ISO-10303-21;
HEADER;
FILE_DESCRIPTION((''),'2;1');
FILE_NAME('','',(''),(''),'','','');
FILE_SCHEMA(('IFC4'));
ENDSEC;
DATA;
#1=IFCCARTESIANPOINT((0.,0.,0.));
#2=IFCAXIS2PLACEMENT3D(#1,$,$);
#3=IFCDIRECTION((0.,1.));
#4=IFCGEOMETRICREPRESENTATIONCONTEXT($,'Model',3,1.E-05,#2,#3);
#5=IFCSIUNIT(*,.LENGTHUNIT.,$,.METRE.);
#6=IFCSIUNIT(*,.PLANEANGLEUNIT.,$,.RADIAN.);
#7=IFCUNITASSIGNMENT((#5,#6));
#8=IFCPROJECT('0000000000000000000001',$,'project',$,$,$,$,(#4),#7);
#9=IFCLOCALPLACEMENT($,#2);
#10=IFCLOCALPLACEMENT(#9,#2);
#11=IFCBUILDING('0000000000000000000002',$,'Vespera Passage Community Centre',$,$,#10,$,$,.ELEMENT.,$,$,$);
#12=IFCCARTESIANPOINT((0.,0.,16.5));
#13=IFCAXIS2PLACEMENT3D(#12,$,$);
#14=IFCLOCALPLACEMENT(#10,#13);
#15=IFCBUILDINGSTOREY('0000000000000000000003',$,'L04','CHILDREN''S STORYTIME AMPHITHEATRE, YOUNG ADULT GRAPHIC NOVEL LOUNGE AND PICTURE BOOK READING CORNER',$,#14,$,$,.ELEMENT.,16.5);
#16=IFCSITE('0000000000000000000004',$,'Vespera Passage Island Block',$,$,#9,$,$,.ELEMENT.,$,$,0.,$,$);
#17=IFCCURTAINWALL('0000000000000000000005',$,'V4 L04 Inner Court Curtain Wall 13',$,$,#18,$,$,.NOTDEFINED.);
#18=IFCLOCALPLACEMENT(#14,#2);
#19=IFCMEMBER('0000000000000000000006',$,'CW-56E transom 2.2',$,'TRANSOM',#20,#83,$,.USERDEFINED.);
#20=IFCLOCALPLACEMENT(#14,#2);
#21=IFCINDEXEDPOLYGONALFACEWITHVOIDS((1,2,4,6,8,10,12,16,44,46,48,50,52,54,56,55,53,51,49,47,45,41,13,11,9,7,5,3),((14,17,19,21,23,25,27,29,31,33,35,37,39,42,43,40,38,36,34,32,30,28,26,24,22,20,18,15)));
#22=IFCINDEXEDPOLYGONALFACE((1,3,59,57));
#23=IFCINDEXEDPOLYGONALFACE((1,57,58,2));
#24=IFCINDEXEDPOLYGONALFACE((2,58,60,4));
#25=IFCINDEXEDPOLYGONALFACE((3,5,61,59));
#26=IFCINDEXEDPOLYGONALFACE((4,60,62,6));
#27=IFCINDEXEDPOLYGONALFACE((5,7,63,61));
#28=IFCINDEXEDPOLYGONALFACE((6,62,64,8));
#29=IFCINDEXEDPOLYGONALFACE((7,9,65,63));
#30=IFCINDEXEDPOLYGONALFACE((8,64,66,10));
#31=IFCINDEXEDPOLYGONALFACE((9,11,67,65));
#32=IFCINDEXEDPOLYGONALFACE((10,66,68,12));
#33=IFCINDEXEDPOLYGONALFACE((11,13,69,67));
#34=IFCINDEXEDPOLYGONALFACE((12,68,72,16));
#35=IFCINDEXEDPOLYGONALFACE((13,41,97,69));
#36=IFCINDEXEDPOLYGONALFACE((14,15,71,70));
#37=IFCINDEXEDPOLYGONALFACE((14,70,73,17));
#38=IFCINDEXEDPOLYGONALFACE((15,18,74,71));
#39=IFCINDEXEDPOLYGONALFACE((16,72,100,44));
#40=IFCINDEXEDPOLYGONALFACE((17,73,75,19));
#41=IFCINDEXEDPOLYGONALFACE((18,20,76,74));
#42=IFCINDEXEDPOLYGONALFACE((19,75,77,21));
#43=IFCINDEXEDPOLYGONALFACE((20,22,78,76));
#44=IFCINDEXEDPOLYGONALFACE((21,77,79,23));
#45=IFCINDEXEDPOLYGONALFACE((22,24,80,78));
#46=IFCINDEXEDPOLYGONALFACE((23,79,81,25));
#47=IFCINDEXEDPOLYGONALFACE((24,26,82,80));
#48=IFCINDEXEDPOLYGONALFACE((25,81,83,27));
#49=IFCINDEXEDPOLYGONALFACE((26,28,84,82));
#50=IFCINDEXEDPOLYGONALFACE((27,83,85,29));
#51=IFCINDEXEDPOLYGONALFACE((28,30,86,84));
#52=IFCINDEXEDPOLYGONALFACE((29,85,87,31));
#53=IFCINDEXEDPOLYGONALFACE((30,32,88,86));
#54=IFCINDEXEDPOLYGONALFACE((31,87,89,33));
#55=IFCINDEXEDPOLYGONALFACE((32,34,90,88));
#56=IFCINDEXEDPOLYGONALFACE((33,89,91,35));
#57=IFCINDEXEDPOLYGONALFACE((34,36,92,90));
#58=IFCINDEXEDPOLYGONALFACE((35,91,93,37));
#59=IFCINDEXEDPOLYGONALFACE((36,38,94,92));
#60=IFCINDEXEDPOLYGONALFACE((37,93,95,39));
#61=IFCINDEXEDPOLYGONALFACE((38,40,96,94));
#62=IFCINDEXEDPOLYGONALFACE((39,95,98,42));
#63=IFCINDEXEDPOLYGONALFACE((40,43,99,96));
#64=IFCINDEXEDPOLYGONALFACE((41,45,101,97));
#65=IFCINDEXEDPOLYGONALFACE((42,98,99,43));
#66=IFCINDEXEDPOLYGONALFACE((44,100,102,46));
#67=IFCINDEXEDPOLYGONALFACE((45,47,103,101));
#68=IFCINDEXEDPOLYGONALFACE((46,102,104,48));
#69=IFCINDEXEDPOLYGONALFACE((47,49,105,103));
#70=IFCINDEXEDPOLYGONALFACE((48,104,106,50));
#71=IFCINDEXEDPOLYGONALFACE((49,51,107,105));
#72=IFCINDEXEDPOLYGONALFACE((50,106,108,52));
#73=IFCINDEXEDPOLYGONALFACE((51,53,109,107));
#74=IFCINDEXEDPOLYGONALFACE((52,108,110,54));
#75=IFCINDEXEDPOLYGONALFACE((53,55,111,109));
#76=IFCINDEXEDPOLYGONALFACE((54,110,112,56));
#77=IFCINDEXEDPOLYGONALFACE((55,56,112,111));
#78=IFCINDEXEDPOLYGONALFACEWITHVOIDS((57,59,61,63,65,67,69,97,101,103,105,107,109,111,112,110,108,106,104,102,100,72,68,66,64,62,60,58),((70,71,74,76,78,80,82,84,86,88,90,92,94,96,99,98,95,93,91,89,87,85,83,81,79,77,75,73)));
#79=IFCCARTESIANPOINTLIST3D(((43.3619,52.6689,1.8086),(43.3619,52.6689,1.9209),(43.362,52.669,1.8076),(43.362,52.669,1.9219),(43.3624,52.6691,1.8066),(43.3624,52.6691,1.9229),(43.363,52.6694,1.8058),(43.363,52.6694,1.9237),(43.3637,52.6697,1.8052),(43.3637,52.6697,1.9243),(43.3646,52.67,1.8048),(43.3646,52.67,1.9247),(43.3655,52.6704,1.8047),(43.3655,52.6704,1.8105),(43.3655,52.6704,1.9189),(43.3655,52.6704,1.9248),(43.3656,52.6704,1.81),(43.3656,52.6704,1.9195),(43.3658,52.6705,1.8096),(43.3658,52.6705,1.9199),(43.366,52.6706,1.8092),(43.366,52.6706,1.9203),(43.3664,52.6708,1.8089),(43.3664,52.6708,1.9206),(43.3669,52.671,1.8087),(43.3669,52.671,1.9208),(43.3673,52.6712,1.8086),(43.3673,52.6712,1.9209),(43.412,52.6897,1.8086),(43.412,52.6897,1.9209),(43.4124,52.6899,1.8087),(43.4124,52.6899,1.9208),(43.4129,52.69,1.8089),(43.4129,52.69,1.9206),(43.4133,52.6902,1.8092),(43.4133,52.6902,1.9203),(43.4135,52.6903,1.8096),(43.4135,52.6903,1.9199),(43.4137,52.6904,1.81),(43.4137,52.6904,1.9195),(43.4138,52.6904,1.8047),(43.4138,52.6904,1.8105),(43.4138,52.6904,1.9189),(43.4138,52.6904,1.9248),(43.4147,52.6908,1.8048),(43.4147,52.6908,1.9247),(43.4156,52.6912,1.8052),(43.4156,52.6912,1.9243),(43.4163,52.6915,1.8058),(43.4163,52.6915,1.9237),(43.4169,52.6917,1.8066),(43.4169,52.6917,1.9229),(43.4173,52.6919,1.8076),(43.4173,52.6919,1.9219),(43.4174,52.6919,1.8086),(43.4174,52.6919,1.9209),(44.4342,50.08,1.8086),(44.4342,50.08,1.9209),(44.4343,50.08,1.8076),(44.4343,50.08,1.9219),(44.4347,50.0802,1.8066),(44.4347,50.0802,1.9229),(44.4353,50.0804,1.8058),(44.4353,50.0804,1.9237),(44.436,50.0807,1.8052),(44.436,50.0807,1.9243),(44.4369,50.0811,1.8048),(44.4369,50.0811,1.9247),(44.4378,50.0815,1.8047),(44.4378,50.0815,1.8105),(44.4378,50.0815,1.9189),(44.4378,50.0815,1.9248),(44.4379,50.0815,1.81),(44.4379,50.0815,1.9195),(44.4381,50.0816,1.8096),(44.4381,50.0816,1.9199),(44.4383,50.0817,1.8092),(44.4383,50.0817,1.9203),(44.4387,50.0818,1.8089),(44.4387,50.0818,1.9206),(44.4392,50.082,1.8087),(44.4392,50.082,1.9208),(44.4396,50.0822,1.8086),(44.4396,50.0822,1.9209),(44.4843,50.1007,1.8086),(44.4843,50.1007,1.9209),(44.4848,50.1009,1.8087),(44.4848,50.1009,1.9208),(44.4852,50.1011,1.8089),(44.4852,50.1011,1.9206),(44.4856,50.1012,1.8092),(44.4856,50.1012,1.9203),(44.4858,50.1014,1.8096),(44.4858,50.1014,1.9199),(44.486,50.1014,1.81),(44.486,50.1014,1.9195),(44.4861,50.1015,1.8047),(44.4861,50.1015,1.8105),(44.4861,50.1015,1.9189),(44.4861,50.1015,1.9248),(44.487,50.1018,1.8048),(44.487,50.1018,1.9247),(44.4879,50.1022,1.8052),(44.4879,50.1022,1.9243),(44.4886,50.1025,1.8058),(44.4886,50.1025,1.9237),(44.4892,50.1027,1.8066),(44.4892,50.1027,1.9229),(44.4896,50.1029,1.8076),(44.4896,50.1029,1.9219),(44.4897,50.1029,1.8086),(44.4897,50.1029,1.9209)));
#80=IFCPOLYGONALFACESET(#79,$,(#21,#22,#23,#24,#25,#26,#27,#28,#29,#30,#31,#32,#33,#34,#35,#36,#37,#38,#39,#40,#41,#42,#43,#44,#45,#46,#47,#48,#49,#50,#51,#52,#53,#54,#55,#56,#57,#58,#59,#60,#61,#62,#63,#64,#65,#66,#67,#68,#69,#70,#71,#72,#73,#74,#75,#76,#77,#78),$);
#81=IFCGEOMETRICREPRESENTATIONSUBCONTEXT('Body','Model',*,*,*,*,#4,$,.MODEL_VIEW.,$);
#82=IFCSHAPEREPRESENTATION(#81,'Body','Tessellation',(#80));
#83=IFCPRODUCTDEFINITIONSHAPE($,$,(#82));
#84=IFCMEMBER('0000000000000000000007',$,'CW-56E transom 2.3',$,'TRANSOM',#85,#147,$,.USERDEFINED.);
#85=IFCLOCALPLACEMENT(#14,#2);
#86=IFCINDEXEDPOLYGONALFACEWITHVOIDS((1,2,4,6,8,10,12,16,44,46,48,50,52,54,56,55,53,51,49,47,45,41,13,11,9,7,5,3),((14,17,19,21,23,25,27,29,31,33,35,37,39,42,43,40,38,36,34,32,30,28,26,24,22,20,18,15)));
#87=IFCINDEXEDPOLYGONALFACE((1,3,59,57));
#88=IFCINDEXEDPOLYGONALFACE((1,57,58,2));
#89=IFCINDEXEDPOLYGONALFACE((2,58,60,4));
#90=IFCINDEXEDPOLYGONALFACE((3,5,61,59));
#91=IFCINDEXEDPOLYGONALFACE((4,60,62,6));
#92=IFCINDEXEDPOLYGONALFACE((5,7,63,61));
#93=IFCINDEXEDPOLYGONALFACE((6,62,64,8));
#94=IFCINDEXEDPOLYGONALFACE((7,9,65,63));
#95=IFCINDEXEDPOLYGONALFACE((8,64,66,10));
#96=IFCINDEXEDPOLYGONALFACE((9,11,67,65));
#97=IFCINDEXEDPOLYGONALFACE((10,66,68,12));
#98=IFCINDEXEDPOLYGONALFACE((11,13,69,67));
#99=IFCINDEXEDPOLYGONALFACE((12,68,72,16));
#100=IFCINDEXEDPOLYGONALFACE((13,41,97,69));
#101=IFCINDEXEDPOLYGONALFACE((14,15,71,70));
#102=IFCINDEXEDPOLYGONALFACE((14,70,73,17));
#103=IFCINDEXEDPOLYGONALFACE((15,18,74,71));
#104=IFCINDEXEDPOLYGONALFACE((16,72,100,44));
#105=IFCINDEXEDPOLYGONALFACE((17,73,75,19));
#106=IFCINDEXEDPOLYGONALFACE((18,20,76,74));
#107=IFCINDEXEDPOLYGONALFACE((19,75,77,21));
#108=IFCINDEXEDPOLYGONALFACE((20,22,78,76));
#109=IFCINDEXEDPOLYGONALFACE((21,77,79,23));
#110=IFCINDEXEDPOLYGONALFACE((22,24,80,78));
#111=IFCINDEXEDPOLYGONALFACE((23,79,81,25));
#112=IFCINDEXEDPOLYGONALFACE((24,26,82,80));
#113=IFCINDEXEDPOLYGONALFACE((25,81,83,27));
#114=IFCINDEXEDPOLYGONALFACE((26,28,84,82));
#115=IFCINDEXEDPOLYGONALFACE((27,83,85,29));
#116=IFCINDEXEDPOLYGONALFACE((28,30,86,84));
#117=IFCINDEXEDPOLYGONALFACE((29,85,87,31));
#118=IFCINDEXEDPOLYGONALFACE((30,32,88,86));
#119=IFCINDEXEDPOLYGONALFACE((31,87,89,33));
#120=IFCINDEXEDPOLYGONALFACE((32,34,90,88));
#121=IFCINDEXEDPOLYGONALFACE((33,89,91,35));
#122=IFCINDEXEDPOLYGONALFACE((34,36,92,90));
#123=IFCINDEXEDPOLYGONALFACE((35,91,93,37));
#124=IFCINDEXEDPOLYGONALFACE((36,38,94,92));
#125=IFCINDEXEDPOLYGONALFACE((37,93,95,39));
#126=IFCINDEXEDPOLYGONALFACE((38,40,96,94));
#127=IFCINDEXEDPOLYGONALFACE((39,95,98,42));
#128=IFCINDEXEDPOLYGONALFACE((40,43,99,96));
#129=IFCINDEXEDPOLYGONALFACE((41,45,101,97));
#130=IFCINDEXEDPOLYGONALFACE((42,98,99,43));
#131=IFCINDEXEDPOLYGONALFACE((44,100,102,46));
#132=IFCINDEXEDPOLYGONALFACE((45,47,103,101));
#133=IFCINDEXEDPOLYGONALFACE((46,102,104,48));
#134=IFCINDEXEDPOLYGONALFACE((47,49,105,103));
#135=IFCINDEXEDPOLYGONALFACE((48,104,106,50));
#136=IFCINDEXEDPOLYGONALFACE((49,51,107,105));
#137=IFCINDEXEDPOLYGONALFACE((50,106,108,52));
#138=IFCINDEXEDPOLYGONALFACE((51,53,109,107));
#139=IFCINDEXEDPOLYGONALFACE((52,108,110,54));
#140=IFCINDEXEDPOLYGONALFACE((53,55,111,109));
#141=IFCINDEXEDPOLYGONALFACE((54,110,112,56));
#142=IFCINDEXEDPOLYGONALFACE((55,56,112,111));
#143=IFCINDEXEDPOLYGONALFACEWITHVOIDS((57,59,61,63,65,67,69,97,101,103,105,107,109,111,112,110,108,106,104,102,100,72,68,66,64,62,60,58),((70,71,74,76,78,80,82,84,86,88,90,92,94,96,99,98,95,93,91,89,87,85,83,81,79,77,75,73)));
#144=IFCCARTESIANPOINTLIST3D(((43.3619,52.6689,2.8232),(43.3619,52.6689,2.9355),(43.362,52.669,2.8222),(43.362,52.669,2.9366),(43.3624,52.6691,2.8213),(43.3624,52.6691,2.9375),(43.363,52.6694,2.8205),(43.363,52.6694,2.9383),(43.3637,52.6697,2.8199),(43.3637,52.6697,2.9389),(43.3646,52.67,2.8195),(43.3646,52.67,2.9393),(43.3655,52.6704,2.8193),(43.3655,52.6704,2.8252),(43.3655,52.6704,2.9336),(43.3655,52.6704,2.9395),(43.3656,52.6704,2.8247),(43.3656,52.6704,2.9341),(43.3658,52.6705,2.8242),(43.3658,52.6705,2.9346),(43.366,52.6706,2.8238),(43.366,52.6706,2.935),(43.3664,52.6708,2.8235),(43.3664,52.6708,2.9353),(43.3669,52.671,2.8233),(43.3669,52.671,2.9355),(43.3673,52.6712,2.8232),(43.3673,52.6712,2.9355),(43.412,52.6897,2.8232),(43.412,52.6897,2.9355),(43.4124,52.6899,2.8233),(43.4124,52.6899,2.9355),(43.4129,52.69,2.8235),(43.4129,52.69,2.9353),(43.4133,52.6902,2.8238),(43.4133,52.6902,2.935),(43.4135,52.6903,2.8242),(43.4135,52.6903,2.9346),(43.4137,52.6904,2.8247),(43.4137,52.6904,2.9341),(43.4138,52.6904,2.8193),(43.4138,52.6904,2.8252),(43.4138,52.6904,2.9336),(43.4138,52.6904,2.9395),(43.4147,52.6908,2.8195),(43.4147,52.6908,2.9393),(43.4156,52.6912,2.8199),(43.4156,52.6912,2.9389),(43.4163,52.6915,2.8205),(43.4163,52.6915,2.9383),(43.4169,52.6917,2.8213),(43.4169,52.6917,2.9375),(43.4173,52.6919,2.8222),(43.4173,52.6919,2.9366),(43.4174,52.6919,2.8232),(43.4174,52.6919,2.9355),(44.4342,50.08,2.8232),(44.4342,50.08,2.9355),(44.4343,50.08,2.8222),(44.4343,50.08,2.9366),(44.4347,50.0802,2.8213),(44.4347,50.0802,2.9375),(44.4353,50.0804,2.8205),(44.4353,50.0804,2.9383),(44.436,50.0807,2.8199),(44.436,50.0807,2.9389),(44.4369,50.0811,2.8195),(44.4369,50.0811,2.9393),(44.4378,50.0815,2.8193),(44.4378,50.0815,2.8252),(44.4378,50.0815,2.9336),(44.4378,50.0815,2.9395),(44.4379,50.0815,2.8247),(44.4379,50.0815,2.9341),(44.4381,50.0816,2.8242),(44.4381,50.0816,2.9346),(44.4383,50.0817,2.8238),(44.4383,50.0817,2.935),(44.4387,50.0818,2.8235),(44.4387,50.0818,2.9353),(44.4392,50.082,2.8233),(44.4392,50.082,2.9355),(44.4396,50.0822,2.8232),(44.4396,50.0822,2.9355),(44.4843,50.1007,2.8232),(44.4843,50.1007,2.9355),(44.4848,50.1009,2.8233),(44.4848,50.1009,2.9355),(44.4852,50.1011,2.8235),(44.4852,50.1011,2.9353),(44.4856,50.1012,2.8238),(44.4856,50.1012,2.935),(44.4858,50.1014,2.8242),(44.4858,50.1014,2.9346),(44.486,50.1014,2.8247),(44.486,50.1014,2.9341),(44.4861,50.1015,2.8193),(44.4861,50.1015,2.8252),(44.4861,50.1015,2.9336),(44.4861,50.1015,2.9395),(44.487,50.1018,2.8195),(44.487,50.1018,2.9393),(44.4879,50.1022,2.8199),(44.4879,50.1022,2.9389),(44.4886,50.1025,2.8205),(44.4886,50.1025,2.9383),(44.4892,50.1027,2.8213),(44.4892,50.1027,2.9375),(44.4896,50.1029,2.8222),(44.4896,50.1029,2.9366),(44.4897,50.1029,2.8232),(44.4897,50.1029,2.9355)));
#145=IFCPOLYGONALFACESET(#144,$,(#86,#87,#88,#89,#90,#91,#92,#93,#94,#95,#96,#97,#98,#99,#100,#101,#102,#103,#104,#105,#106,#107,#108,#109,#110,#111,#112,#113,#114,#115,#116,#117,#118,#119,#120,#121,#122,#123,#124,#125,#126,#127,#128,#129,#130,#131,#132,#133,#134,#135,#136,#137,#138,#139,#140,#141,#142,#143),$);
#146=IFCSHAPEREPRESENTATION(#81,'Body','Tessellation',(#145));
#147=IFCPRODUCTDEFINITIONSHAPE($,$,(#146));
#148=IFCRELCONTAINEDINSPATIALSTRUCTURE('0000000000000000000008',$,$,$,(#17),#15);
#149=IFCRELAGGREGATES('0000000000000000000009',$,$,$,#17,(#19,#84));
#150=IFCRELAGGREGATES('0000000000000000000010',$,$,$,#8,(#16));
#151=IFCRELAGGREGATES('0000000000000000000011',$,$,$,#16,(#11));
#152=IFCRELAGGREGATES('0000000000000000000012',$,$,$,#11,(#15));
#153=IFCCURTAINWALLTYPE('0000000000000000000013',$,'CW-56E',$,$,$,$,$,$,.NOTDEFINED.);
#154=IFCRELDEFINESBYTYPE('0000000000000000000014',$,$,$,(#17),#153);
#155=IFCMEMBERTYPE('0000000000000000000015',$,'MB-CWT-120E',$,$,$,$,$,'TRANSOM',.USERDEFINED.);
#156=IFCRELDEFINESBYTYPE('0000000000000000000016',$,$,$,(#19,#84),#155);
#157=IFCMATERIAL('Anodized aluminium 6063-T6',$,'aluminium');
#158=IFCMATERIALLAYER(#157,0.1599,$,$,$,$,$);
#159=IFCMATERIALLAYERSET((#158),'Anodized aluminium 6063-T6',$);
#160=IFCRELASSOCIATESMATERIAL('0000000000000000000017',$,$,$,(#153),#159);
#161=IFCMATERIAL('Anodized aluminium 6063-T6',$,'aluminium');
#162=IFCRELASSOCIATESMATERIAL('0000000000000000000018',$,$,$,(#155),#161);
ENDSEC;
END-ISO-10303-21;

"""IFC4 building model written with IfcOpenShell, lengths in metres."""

from ifc_helpers import new_model, si_unit, direction, frame, origin, origin_2d, place, context, subcontext, project, spatial, hollow_rectangle, extrude, material, layer, layer_set, material_profile, profile_set, type_object, element, aggregate, save


model = new_model("IFC4")

# Units and contexts
model_context = context("Model", 3, precision=1e-05, world=origin(), true_north=direction((0.0, 1.0)))
body_context = subcontext(model_context, "Body", "Model", "MODEL_VIEW")
ifc_project = project(units=[si_unit("LENGTHUNIT", "METRE"), si_unit("PLANEANGLEUNIT", "RADIAN")], contexts=[model_context])

# Site, building, storey
site_placement = place(None, origin())
site = spatial("IfcSite", under=ifc_project, at=site_placement, Name="Vespera Passage Island Block", CompositionType="ELEMENT", RefElevation=0.0)
building_placement = place(site_placement, origin())
building = spatial("IfcBuilding", under=site, at=building_placement, Name="Vespera Passage Community Centre", CompositionType="ELEMENT")
storey_placement = place(building_placement, frame((0.0, 0.0, 16.5)))
storey = spatial("IfcBuildingStorey", under=building, at=storey_placement, Name="L04", Description="CHILDREN'S STORYTIME AMPHITHEATRE, YOUNG ADULT GRAPHIC NOVEL LOUNGE AND PICTURE BOOK READING CORNER", CompositionType="ELEMENT", Elevation=16.5)

# Curtain wall, members
ifc_material_1 = material(Name="Anodized aluminium 6063-T6", Category="aluminium")
ifc_layer_1 = layer(ifc_material_1, 0.1599)
ifc_layer_set_1 = layer_set([ifc_layer_1], Name="Anodized aluminium 6063-T6")
curtain_wall_type_1 = type_object("IfcCurtainWallType", Name="CW-56E", PredefinedType="NOTDEFINED", material=ifc_layer_set_1)
curtain_wall_1_placement = place(storey_placement, origin())
curtain_wall_1 = element("IfcCurtainWall", 1, at=curtain_wall_1_placement, inside=storey, type_object=curtain_wall_type_1, Name="V4 L04 Inner Court Curtain Wall 13", PredefinedType="NOTDEFINED")
ifc_material_2 = material(Name="Anodized aluminium 6063-T6", Category="aluminium")
ifc_material_profile_1 = material_profile(ifc_material_2, hollow_rectangle(XDim=0.0601, YDim=0.1201, WallThickness=0.0039, InnerFilletRadius=0.002, OuterFilletRadius=0.0039, at=origin_2d()), Name="ALU120X60X4")
ifc_profile_set_1 = profile_set([ifc_material_profile_1], Name="Anodized aluminium 6063-T6")
member_type_1 = type_object("IfcMemberType", Name="MB-CWT-120E", ElementType="TRANSOM", PredefinedType="USERDEFINED", material=ifc_profile_set_1)
member_1_placement = place(storey_placement, frame((43.3896, 52.6804, 1.8647), z_axis=(0.38266, -0.923889, 0.0), x_axis=(0.923889, 0.38266, 0.0)))
member_1 = element("IfcMember", 2, at=member_1_placement, type_object=member_type_1, Name="CW-56E transom 2.2", ObjectType="TRANSOM", PredefinedType="USERDEFINED", context=body_context, shape_type="SweptSolid", body=[
    extrude(hollow_rectangle(XDim=0.0601, YDim=0.1201, WallThickness=0.0039, InnerFilletRadius=0.002, OuterFilletRadius=0.0039, at=origin_2d()), origin(), (0.0, 0.0, 1.0), 2.8022),
])
member_2_placement = place(storey_placement, frame((43.3896, 52.6804, 2.8794), z_axis=(0.38266, -0.923889, 0.0), x_axis=(0.923889, 0.38266, 0.0)))
member_2 = element("IfcMember", 3, at=member_2_placement, type_object=member_type_1, Name="CW-56E transom 2.3", ObjectType="TRANSOM", PredefinedType="USERDEFINED", context=body_context, shape_type="SweptSolid", body=[
    extrude(hollow_rectangle(XDim=0.0601, YDim=0.1201, WallThickness=0.0039, InnerFilletRadius=0.002, OuterFilletRadius=0.0039, at=origin_2d()), origin(), (0.0, 0.0, 1.0), 2.8022),
])

aggregate(curtain_wall_1, [member_1, member_2])

save(model, "model.ifc")
